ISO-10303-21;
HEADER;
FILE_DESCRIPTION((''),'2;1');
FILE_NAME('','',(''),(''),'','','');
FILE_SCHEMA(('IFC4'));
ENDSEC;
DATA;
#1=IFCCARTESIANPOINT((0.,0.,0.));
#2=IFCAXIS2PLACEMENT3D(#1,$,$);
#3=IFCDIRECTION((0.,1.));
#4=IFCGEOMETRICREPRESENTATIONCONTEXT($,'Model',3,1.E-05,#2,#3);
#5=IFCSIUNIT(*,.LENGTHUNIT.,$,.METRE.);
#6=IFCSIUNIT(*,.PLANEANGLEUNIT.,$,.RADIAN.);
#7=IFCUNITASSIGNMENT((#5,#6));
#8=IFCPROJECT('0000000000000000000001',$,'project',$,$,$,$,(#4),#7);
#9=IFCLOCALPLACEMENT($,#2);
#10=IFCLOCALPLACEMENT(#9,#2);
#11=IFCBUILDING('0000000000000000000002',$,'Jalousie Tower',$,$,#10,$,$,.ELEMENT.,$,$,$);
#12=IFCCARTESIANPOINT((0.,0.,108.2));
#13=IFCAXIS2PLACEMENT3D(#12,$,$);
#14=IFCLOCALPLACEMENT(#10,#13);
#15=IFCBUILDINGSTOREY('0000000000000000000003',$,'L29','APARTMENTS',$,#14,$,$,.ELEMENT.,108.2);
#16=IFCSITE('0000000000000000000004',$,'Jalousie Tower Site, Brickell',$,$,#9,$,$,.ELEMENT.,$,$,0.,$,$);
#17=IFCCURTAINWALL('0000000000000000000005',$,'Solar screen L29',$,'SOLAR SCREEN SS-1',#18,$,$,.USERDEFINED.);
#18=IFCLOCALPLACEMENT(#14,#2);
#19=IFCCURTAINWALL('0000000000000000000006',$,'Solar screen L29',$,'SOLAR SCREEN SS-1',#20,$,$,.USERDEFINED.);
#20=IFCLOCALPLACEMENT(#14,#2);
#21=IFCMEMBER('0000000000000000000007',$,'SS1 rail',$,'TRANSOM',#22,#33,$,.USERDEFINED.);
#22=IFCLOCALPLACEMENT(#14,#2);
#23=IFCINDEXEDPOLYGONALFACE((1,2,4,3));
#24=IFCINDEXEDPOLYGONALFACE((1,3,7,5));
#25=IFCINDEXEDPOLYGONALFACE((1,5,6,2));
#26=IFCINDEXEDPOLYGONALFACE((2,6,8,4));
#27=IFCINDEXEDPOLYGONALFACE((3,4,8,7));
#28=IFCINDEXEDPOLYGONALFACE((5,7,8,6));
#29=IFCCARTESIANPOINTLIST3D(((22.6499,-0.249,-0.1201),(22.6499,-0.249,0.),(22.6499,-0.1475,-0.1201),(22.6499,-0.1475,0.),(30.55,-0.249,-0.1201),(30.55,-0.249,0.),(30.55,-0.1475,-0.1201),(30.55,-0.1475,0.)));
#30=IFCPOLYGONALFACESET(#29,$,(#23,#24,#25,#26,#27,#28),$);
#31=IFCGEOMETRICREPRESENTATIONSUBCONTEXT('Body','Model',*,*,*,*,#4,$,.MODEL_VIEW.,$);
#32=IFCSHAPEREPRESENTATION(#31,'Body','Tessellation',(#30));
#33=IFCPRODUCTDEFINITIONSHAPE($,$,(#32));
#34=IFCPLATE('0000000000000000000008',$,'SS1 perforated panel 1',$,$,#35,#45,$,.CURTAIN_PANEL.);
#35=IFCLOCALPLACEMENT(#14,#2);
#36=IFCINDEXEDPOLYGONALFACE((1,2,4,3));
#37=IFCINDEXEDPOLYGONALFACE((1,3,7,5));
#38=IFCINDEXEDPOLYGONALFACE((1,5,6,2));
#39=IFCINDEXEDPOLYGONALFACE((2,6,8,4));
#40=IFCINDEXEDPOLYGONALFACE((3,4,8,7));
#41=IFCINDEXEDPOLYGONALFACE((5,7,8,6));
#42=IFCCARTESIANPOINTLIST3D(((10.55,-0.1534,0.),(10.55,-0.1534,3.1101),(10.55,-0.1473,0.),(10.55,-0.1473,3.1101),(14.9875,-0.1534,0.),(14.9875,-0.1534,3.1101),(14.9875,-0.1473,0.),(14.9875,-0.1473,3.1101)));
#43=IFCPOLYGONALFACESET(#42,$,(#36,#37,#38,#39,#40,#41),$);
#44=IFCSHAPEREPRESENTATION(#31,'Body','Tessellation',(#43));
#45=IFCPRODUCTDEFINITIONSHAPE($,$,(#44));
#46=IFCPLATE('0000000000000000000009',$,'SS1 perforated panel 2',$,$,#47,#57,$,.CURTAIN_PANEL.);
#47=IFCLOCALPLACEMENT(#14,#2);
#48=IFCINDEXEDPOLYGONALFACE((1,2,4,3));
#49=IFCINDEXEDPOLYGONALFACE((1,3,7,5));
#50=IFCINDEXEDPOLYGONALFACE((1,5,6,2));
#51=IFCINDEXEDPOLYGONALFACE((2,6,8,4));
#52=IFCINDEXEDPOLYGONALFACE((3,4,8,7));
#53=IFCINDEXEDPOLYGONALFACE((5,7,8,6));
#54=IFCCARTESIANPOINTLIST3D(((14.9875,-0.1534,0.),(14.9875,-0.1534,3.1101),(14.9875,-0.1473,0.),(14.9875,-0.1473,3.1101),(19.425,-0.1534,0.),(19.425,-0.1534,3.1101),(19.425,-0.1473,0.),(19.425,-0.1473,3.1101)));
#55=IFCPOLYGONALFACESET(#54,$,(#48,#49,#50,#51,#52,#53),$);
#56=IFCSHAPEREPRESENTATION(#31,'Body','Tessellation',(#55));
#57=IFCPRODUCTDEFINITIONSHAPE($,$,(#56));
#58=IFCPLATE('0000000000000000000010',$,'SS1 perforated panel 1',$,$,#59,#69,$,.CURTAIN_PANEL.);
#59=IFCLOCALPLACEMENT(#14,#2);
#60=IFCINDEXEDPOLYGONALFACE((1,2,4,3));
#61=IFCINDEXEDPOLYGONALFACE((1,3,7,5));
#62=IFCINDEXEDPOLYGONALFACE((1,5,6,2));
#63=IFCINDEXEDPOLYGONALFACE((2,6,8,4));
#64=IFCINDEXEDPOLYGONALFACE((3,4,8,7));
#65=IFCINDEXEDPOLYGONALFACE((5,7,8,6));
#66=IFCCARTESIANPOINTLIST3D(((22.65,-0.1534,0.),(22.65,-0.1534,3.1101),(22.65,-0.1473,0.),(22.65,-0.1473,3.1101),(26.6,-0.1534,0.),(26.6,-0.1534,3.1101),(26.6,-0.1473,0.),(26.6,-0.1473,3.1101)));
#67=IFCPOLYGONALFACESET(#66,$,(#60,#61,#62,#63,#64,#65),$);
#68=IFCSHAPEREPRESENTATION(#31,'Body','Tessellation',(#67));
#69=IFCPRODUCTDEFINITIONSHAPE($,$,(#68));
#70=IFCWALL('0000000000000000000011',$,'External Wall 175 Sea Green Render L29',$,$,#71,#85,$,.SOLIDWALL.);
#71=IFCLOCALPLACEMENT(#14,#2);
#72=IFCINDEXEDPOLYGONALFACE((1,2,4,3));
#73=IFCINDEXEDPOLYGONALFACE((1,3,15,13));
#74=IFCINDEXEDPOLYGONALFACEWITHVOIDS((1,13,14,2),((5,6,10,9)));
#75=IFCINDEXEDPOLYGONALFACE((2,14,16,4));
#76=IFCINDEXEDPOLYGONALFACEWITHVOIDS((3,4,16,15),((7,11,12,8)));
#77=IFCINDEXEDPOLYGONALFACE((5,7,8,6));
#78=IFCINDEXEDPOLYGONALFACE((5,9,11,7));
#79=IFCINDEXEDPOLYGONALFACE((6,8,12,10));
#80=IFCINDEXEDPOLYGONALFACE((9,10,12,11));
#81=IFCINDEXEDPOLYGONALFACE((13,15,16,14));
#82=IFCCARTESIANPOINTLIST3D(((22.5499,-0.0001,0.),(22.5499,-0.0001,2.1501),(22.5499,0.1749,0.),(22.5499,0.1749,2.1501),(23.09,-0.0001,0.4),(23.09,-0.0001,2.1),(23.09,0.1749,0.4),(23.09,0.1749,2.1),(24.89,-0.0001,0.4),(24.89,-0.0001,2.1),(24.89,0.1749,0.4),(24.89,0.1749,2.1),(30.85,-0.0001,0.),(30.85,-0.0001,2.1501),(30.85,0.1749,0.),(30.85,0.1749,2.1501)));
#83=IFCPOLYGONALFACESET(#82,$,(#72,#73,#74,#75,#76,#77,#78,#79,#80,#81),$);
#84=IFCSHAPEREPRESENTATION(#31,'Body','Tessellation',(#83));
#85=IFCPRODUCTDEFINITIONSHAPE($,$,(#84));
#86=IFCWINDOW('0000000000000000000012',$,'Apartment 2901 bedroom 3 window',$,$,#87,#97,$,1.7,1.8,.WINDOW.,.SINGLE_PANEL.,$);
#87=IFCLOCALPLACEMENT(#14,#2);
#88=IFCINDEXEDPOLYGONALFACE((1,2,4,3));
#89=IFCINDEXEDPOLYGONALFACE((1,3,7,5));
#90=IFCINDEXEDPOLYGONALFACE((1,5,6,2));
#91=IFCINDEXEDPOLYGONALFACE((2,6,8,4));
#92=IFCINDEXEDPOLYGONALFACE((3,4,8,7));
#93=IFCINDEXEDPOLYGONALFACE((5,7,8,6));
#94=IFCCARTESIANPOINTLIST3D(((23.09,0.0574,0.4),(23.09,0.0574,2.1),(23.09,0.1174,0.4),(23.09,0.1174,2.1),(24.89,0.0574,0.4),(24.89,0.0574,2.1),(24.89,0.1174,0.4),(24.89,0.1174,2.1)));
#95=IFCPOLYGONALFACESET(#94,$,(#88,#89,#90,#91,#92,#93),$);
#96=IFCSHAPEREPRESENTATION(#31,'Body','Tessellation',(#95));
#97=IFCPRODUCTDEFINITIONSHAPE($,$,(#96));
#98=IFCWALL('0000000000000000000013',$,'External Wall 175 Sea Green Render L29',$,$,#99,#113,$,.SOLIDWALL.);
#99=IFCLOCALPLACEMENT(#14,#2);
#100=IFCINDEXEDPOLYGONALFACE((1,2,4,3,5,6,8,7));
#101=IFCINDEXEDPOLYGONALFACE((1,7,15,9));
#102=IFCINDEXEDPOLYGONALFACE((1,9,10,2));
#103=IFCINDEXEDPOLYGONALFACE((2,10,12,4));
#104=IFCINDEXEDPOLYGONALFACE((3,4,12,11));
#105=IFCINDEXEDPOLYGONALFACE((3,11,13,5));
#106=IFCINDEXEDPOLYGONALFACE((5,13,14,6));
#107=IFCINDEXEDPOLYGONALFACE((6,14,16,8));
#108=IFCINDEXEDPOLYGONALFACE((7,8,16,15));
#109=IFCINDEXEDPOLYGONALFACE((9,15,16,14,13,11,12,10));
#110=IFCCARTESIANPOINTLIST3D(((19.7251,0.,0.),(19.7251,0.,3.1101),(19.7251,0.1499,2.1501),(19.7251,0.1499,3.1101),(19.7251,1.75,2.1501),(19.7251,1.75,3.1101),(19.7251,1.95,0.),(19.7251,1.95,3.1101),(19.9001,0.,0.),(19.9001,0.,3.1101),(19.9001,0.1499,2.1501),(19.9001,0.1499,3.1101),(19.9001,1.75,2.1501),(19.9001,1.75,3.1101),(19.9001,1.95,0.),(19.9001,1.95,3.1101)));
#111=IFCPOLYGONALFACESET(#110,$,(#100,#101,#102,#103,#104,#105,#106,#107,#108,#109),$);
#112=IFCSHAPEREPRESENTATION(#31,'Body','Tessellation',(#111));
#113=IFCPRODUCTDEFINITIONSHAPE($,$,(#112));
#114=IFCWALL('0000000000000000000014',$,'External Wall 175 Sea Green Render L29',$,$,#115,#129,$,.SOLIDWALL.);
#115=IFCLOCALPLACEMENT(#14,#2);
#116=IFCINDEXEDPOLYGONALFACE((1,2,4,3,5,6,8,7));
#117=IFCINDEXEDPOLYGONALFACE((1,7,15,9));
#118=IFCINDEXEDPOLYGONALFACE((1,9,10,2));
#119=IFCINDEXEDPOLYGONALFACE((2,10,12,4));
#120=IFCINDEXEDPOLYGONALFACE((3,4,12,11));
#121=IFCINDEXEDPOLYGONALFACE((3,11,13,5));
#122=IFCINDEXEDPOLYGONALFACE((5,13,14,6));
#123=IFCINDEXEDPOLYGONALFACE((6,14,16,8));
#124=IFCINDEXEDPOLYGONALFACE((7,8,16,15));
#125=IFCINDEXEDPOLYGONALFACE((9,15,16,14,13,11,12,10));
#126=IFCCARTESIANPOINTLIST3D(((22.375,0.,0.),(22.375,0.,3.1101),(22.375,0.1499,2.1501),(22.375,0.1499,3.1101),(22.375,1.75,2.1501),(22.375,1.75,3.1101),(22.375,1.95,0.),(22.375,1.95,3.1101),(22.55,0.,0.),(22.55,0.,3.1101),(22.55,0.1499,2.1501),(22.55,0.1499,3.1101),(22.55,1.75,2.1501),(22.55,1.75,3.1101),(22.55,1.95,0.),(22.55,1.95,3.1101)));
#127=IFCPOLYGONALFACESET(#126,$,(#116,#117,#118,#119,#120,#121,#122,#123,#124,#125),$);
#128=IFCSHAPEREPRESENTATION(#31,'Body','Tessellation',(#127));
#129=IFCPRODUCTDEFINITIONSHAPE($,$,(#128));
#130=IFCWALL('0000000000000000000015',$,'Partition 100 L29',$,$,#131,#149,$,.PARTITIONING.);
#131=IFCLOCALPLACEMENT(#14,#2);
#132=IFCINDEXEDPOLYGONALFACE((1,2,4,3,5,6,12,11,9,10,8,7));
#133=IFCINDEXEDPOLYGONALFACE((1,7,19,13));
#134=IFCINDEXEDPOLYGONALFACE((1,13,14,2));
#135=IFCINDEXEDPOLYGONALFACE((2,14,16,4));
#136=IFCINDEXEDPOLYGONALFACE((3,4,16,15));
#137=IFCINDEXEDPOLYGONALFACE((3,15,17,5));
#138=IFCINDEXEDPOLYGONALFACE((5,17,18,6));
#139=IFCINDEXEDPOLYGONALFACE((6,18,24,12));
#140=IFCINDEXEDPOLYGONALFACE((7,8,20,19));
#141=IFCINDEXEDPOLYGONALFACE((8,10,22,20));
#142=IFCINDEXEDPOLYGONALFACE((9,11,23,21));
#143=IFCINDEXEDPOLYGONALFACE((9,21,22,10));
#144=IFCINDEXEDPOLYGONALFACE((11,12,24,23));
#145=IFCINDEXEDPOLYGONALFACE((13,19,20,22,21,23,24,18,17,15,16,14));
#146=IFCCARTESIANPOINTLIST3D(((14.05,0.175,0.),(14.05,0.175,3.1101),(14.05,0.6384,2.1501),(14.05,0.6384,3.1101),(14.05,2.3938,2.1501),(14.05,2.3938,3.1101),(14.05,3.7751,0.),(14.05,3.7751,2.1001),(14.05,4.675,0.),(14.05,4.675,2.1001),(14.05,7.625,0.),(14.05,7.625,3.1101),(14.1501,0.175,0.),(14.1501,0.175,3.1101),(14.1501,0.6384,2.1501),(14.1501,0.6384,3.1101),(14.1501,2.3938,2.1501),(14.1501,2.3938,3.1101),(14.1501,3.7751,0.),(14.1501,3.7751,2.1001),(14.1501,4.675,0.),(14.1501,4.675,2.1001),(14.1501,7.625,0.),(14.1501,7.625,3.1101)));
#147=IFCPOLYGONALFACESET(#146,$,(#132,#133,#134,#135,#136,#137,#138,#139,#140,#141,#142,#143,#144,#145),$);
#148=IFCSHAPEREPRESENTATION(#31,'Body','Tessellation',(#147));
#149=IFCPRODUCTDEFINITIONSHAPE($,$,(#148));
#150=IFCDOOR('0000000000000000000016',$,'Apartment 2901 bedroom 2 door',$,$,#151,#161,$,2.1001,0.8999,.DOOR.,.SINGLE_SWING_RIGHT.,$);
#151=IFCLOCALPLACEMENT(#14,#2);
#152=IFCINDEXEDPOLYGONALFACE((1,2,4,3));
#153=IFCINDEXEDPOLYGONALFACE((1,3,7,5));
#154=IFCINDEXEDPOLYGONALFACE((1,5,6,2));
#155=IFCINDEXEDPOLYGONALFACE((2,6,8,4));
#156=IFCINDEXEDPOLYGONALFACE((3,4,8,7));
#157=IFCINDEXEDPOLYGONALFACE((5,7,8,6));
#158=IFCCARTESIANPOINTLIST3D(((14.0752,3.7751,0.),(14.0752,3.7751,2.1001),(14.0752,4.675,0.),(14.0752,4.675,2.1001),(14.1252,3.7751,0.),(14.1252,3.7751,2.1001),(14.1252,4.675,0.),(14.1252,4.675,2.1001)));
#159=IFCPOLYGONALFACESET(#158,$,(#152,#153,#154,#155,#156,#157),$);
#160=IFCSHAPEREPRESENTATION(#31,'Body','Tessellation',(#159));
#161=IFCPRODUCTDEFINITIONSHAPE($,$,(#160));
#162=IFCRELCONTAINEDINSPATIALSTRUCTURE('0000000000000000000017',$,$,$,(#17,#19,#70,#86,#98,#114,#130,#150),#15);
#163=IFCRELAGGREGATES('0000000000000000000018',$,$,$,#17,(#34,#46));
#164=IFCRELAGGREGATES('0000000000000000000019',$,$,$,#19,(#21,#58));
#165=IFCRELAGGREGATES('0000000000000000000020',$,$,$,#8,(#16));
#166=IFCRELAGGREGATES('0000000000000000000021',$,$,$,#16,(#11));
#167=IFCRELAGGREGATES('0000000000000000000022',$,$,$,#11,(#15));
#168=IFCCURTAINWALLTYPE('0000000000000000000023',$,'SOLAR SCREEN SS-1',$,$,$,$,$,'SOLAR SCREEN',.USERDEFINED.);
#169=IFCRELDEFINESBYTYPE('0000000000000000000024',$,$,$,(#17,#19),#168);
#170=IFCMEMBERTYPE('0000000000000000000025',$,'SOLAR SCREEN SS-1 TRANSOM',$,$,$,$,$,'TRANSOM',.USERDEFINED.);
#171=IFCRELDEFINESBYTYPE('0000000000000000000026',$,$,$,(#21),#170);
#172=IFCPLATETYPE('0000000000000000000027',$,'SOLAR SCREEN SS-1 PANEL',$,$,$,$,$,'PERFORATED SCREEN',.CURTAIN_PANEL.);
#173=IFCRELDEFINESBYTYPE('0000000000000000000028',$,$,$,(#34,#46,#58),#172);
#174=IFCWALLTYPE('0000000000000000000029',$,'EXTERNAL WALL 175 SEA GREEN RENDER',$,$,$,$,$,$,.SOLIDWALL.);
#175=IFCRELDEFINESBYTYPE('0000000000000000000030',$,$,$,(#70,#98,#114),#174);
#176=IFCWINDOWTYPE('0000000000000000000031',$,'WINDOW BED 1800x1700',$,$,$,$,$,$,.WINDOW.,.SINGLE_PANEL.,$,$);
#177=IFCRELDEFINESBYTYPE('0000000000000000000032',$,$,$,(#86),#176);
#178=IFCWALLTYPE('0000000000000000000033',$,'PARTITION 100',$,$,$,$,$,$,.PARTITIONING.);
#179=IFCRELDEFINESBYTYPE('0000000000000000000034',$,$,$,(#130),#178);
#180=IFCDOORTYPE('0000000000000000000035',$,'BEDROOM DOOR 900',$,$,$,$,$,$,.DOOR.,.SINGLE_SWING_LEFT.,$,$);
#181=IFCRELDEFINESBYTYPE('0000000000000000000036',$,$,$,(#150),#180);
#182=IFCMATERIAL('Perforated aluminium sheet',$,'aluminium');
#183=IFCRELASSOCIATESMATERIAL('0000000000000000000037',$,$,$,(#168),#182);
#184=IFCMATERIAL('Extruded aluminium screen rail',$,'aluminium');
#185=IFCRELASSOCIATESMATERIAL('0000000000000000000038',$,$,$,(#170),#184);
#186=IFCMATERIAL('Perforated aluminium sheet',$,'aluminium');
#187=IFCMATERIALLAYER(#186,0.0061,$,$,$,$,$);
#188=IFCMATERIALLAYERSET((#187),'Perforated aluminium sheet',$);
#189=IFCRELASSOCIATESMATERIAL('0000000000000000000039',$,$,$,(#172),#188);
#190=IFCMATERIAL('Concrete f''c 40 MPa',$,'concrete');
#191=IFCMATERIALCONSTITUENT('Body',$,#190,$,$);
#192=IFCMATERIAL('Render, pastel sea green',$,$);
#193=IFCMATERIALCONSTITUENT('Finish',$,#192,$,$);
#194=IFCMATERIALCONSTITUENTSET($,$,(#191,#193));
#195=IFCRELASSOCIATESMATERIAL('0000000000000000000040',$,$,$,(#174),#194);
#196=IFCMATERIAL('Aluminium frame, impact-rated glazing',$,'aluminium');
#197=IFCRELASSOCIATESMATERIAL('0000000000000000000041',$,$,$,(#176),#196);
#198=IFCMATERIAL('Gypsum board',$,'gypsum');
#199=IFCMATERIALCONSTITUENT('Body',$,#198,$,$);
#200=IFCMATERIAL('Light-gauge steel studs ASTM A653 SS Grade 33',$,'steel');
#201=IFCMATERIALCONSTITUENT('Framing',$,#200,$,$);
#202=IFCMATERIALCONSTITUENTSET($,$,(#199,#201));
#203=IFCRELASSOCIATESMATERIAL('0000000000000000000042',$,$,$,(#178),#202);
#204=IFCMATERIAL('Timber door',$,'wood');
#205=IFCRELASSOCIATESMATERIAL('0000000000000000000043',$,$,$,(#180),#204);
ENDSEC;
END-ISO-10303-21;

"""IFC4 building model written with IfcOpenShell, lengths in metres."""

from ifc_helpers import new_model, si_unit, direction, frame, frame_2d, origin, origin_2d, place, context, subcontext, project, spatial, polyline, rectangle, outline, extrude, material, layer, layer_set, constituent, constituent_set, material_profile, profile_set, type_object, element, fill, aggregate, save


model = new_model("IFC4")

# Units and contexts
model_context = context("Model", 3, precision=1e-05, world=origin(), true_north=direction((0.0, 1.0)))
body_context = subcontext(model_context, "Body", "Model", "MODEL_VIEW")
ifc_project = project(units=[si_unit("LENGTHUNIT", "METRE"), si_unit("PLANEANGLEUNIT", "RADIAN")], contexts=[model_context])

# Site, building, storey
site_placement = place(None, origin())
site = spatial("IfcSite", under=ifc_project, at=site_placement, Name="Jalousie Tower Site, Brickell", CompositionType="ELEMENT", RefElevation=0.0)
building_placement = place(site_placement, origin())
building = spatial("IfcBuilding", under=site, at=building_placement, Name="Jalousie Tower", CompositionType="ELEMENT")
storey_placement = place(building_placement, frame((0.0, 0.0, 108.2)))
storey = spatial("IfcBuildingStorey", under=building, at=storey_placement, Name="L29", Description="APARTMENTS", CompositionType="ELEMENT", Elevation=108.2)

# Curtain walls, member
ifc_material_1 = material(Name="Perforated aluminium sheet", Category="aluminium")
curtain_wall_type = type_object("IfcCurtainWallType", Name="SOLAR SCREEN SS-1", ElementType="SOLAR SCREEN", PredefinedType="USERDEFINED", material=ifc_material_1)
curtain_wall_1_placement = place(storey_placement, origin())
curtain_wall_1 = element("IfcCurtainWall", 1, at=curtain_wall_1_placement, inside=storey, type_object=curtain_wall_type, Name="Solar screen L29", ObjectType="SOLAR SCREEN SS-1", PredefinedType="USERDEFINED")
curtain_wall_2_placement = place(storey_placement, origin())
curtain_wall_2 = element("IfcCurtainWall", 2, at=curtain_wall_2_placement, inside=storey, type_object=curtain_wall_type, Name="Solar screen L29", ObjectType="SOLAR SCREEN SS-1", PredefinedType="USERDEFINED")
ifc_material_2 = material(Name="Extruded aluminium screen rail", Category="aluminium")
ifc_material_profile_1 = material_profile(ifc_material_2, rectangle(XDim=0.1016, YDim=0.1201, at=origin_2d()), Name="RAIL 102x120")
ifc_profile_set_1 = profile_set([ifc_material_profile_1], Name="Extruded aluminium screen rail")
member_type_1 = type_object("IfcMemberType", Name="SOLAR SCREEN SS-1 TRANSOM", ElementType="TRANSOM", PredefinedType="USERDEFINED", material=ifc_profile_set_1)
member_1_placement = place(storey_placement, frame((22.6499, -0.1982, -0.0601), z_axis=(1.0, 0.0, 0.0), x_axis=(0.0, 1.0, 0.0)))
member_1 = element("IfcMember", 3, at=member_1_placement, type_object=member_type_1, Name="SS1 rail", ObjectType="TRANSOM", PredefinedType="USERDEFINED", context=body_context, shape_type="SweptSolid", body=[
    extrude(rectangle(XDim=0.1016, YDim=0.1201, at=origin_2d()), origin(), (0.0, 0.0, 1.0), 7.9001),
])

# Plates
ifc_material_3 = material(Name="Perforated aluminium sheet", Category="aluminium")
ifc_layer_1 = layer(ifc_material_3, 0.0061)
ifc_layer_set_1 = layer_set([ifc_layer_1], Name="Perforated aluminium sheet")
plate_type = type_object("IfcPlateType", Name="SOLAR SCREEN SS-1 PANEL", ElementType="PERFORATED SCREEN", PredefinedType="CURTAIN_PANEL", material=ifc_layer_set_1)
plate_1_placement = place(storey_placement, frame((12.7688, -0.1504, 0.0), z_axis=(0.0, 0.0, 1.0), x_axis=(1.0, 0.0, 0.0)))
plate_1 = element("IfcPlate", 4, at=plate_1_placement, type_object=plate_type, Name="SS1 perforated panel 1", PredefinedType="CURTAIN_PANEL", context=body_context, shape_type="SweptSolid", body=[
    extrude(rectangle(XDim=4.4375, YDim=0.0061, at=origin_2d()), origin(), (0.0, 0.0, 1.0), 3.1101),
])
plate_2_placement = place(storey_placement, frame((17.2063, -0.1504, 0.0), z_axis=(0.0, 0.0, 1.0), x_axis=(1.0, 0.0, 0.0)))
plate_2 = element("IfcPlate", 5, at=plate_2_placement, type_object=plate_type, Name="SS1 perforated panel 2", PredefinedType="CURTAIN_PANEL", context=body_context, shape_type="SweptSolid", body=[
    extrude(rectangle(XDim=4.4375, YDim=0.0061, at=origin_2d()), origin(), (0.0, 0.0, 1.0), 3.1101),
])
aggregate(curtain_wall_1, [plate_1, plate_2])
plate_3_placement = place(storey_placement, frame((24.625, -0.1504, 0.0), z_axis=(0.0, 0.0, 1.0), x_axis=(1.0, 0.0, 0.0)))
plate_3 = element("IfcPlate", 6, at=plate_3_placement, type_object=plate_type, Name="SS1 perforated panel 1", PredefinedType="CURTAIN_PANEL", context=body_context, shape_type="SweptSolid", body=[
    extrude(rectangle(XDim=3.95, YDim=0.0061, at=origin_2d()), origin(), (0.0, 0.0, 1.0), 3.1101),
])
aggregate(curtain_wall_2, [member_1, plate_3])

# Wall, opening, window
ifc_material_4 = material(Name="Concrete f'c 40 MPa", Category="concrete")
ifc_constituent_1 = constituent(ifc_material_4, Name="Body")
ifc_material_5 = material(Name="Render, pastel sea green")
ifc_constituent_2 = constituent(ifc_material_5, Name="Finish")
ifc_constituent_set_1 = constituent_set(constituents=[ifc_constituent_1, ifc_constituent_2])
wall_type_1 = type_object("IfcWallType", Name="EXTERNAL WALL 175 SEA GREEN RENDER", PredefinedType="SOLIDWALL", material=ifc_constituent_set_1)
wall_1_placement = place(storey_placement, frame((22.55, 0.0874, 0.0), z_axis=(0.0, 0.0, 1.0), x_axis=(1.0, 0.0, 0.0)))
wall_1 = element("IfcWall", 7, at=wall_1_placement, inside=storey, type_object=wall_type_1, Name="External Wall 175 Sea Green Render L29", PredefinedType="SOLIDWALL", context=body_context, shape_type="SweptSolid", body=[
    extrude(rectangle(XDim=8.3, YDim=0.175, at=frame_2d((4.1499, 0.0))), origin(), (0.0, 0.0, 1.0), 2.1501),
])
opening_1_placement = place(wall_1_placement, frame((0.54, 0.0, 0.3999)))
opening_1 = element("IfcOpeningElement", 8, at=opening_1_placement, cuts=wall_1, PredefinedType="OPENING", context=body_context, shape_type="SweptSolid", body=[
    extrude(rectangle(XDim=1.8, YDim=1.7, at=frame_2d((0.8999, 0.8501))), frame((0.0, 0.0974, 0.0), z_axis=(0.0, -1.0, 0.0), x_axis=(1.0, 0.0, 0.0)), (0.0, 0.0, 1.0), 0.1951),
])
ifc_material_6 = material(Name="Aluminium frame, impact-rated glazing", Category="aluminium")
window_type = type_object("IfcWindowType", Name="WINDOW BED 1800x1700", PartitioningType="SINGLE_PANEL", PredefinedType="WINDOW", material=ifc_material_6)
window_placement = place(opening_1_placement, origin())
window = element("IfcWindow", 9, at=window_placement, inside=storey, type_object=window_type, Name="Apartment 2901 bedroom 3 window", OverallHeight=1.7, OverallWidth=1.8, PartitioningType="SINGLE_PANEL", PredefinedType="WINDOW", context=body_context, shape_type="SweptSolid", body=[
    extrude(rectangle(XDim=1.8, YDim=1.7, at=frame_2d((0.8999, 0.8501))), frame((0.0, 0.03, 0.0), z_axis=(0.0, -1.0, 0.0), x_axis=(1.0, 0.0, 0.0)), (0.0, 0.0, 1.0), 0.0601),
])
fill(opening_1, window)

# Walls
for number, where, z_axis, x_axis, name in (
    (10, (19.8125, 0.0, 0.0), (0.0, 0.0, 1.0), (0.0, 1.0, 0.0), "External Wall 175 Sea Green Render L29"),
    (11, (22.4624, 0.0, 0.0), (0.0, 0.0, 1.0), (0.0, 1.0, 0.0), "External Wall 175 Sea Green Render L29"),
):
    element("IfcWall", number, at=place(storey_placement, frame(where, z_axis=z_axis, x_axis=x_axis)), inside=storey, type_object=wall_type_1, Name=name, PredefinedType="SOLIDWALL", context=body_context, shape_type="SweptSolid", body=[
        extrude(outline(polyline([(0.0, 0.0), (1.95, 0.0), (1.95, 3.1101), (1.75, 3.1101), (1.75, 2.1501), (0.1499, 2.1501), (0.1499, 3.1101), (0.0, 3.1101), (0.0, 0.0)])), frame((0.0, 0.0874, 0.0), z_axis=(0.0, -1.0, 0.0), x_axis=(1.0, 0.0, 0.0)), (0.0, 0.0, 1.0), 0.175),
    ])

# Wall, opening, door
ifc_material_7 = material(Name="Gypsum board", Category="gypsum")
ifc_constituent_3 = constituent(ifc_material_7, Name="Body")
ifc_material_8 = material(Name="Light-gauge steel studs ASTM A653 SS Grade 33", Category="steel")
ifc_constituent_4 = constituent(ifc_material_8, Name="Framing")
ifc_constituent_set_2 = constituent_set(constituents=[ifc_constituent_3, ifc_constituent_4])
wall_type_2 = type_object("IfcWallType", Name="PARTITION 100", PredefinedType="PARTITIONING", material=ifc_constituent_set_2)
wall_2_placement = place(storey_placement, frame((14.1001, 0.175, 0.0), z_axis=(0.0, 0.0, 1.0), x_axis=(0.0, 1.0, 0.0)))
wall_2 = element("IfcWall", 12, at=wall_2_placement, inside=storey, type_object=wall_type_2, Name="Partition 100 L29", PredefinedType="PARTITIONING", context=body_context, shape_type="SweptSolid", body=[
    extrude(outline(polyline([(0.0, 0.0), (7.45, 0.0), (7.45, 3.1101), (2.2188, 3.1101), (2.2188, 2.1501), (0.4634, 2.1501), (0.4634, 3.1101), (0.0, 3.1101), (0.0, 0.0)])), frame((0.0, 0.05, 0.0), z_axis=(0.0, -1.0, 0.0), x_axis=(1.0, 0.0, 0.0)), (0.0, 0.0, 1.0), 0.1001),
])
opening_2_placement = place(wall_2_placement, frame((3.6001, 0.0, 0.0)))
opening_2 = element("IfcOpeningElement", 13, at=opening_2_placement, cuts=wall_2, PredefinedType="OPENING", context=body_context, shape_type="SweptSolid", body=[
    extrude(rectangle(XDim=0.8999, YDim=2.1001, at=frame_2d((0.45, 1.05))), frame((0.0, 0.0601, 0.0), z_axis=(0.0, -1.0, 0.0), x_axis=(1.0, 0.0, 0.0)), (0.0, 0.0, 1.0), 0.1201),
])
ifc_material_9 = material(Name="Timber door", Category="wood")
door_type_1 = type_object("IfcDoorType", Name="BEDROOM DOOR 900", OperationType="SINGLE_SWING_LEFT", PredefinedType="DOOR", material=ifc_material_9)
door_1_placement = place(opening_2_placement, origin())
door_1 = element("IfcDoor", 14, at=door_1_placement, inside=storey, type_object=door_type_1, Name="Apartment 2901 bedroom 2 door", OperationType="SINGLE_SWING_RIGHT", OverallHeight=2.1001, OverallWidth=0.8999, PredefinedType="DOOR", context=body_context, shape_type="SweptSolid", body=[
    extrude(rectangle(XDim=0.8999, YDim=2.1001, at=frame_2d((0.45, 1.05))), frame((0.0, 0.0249, 0.0), z_axis=(0.0, -1.0, 0.0), x_axis=(1.0, 0.0, 0.0)), (0.0, 0.0, 1.0), 0.05),
])
fill(opening_2, door_1)

save(model, "model.ifc")
